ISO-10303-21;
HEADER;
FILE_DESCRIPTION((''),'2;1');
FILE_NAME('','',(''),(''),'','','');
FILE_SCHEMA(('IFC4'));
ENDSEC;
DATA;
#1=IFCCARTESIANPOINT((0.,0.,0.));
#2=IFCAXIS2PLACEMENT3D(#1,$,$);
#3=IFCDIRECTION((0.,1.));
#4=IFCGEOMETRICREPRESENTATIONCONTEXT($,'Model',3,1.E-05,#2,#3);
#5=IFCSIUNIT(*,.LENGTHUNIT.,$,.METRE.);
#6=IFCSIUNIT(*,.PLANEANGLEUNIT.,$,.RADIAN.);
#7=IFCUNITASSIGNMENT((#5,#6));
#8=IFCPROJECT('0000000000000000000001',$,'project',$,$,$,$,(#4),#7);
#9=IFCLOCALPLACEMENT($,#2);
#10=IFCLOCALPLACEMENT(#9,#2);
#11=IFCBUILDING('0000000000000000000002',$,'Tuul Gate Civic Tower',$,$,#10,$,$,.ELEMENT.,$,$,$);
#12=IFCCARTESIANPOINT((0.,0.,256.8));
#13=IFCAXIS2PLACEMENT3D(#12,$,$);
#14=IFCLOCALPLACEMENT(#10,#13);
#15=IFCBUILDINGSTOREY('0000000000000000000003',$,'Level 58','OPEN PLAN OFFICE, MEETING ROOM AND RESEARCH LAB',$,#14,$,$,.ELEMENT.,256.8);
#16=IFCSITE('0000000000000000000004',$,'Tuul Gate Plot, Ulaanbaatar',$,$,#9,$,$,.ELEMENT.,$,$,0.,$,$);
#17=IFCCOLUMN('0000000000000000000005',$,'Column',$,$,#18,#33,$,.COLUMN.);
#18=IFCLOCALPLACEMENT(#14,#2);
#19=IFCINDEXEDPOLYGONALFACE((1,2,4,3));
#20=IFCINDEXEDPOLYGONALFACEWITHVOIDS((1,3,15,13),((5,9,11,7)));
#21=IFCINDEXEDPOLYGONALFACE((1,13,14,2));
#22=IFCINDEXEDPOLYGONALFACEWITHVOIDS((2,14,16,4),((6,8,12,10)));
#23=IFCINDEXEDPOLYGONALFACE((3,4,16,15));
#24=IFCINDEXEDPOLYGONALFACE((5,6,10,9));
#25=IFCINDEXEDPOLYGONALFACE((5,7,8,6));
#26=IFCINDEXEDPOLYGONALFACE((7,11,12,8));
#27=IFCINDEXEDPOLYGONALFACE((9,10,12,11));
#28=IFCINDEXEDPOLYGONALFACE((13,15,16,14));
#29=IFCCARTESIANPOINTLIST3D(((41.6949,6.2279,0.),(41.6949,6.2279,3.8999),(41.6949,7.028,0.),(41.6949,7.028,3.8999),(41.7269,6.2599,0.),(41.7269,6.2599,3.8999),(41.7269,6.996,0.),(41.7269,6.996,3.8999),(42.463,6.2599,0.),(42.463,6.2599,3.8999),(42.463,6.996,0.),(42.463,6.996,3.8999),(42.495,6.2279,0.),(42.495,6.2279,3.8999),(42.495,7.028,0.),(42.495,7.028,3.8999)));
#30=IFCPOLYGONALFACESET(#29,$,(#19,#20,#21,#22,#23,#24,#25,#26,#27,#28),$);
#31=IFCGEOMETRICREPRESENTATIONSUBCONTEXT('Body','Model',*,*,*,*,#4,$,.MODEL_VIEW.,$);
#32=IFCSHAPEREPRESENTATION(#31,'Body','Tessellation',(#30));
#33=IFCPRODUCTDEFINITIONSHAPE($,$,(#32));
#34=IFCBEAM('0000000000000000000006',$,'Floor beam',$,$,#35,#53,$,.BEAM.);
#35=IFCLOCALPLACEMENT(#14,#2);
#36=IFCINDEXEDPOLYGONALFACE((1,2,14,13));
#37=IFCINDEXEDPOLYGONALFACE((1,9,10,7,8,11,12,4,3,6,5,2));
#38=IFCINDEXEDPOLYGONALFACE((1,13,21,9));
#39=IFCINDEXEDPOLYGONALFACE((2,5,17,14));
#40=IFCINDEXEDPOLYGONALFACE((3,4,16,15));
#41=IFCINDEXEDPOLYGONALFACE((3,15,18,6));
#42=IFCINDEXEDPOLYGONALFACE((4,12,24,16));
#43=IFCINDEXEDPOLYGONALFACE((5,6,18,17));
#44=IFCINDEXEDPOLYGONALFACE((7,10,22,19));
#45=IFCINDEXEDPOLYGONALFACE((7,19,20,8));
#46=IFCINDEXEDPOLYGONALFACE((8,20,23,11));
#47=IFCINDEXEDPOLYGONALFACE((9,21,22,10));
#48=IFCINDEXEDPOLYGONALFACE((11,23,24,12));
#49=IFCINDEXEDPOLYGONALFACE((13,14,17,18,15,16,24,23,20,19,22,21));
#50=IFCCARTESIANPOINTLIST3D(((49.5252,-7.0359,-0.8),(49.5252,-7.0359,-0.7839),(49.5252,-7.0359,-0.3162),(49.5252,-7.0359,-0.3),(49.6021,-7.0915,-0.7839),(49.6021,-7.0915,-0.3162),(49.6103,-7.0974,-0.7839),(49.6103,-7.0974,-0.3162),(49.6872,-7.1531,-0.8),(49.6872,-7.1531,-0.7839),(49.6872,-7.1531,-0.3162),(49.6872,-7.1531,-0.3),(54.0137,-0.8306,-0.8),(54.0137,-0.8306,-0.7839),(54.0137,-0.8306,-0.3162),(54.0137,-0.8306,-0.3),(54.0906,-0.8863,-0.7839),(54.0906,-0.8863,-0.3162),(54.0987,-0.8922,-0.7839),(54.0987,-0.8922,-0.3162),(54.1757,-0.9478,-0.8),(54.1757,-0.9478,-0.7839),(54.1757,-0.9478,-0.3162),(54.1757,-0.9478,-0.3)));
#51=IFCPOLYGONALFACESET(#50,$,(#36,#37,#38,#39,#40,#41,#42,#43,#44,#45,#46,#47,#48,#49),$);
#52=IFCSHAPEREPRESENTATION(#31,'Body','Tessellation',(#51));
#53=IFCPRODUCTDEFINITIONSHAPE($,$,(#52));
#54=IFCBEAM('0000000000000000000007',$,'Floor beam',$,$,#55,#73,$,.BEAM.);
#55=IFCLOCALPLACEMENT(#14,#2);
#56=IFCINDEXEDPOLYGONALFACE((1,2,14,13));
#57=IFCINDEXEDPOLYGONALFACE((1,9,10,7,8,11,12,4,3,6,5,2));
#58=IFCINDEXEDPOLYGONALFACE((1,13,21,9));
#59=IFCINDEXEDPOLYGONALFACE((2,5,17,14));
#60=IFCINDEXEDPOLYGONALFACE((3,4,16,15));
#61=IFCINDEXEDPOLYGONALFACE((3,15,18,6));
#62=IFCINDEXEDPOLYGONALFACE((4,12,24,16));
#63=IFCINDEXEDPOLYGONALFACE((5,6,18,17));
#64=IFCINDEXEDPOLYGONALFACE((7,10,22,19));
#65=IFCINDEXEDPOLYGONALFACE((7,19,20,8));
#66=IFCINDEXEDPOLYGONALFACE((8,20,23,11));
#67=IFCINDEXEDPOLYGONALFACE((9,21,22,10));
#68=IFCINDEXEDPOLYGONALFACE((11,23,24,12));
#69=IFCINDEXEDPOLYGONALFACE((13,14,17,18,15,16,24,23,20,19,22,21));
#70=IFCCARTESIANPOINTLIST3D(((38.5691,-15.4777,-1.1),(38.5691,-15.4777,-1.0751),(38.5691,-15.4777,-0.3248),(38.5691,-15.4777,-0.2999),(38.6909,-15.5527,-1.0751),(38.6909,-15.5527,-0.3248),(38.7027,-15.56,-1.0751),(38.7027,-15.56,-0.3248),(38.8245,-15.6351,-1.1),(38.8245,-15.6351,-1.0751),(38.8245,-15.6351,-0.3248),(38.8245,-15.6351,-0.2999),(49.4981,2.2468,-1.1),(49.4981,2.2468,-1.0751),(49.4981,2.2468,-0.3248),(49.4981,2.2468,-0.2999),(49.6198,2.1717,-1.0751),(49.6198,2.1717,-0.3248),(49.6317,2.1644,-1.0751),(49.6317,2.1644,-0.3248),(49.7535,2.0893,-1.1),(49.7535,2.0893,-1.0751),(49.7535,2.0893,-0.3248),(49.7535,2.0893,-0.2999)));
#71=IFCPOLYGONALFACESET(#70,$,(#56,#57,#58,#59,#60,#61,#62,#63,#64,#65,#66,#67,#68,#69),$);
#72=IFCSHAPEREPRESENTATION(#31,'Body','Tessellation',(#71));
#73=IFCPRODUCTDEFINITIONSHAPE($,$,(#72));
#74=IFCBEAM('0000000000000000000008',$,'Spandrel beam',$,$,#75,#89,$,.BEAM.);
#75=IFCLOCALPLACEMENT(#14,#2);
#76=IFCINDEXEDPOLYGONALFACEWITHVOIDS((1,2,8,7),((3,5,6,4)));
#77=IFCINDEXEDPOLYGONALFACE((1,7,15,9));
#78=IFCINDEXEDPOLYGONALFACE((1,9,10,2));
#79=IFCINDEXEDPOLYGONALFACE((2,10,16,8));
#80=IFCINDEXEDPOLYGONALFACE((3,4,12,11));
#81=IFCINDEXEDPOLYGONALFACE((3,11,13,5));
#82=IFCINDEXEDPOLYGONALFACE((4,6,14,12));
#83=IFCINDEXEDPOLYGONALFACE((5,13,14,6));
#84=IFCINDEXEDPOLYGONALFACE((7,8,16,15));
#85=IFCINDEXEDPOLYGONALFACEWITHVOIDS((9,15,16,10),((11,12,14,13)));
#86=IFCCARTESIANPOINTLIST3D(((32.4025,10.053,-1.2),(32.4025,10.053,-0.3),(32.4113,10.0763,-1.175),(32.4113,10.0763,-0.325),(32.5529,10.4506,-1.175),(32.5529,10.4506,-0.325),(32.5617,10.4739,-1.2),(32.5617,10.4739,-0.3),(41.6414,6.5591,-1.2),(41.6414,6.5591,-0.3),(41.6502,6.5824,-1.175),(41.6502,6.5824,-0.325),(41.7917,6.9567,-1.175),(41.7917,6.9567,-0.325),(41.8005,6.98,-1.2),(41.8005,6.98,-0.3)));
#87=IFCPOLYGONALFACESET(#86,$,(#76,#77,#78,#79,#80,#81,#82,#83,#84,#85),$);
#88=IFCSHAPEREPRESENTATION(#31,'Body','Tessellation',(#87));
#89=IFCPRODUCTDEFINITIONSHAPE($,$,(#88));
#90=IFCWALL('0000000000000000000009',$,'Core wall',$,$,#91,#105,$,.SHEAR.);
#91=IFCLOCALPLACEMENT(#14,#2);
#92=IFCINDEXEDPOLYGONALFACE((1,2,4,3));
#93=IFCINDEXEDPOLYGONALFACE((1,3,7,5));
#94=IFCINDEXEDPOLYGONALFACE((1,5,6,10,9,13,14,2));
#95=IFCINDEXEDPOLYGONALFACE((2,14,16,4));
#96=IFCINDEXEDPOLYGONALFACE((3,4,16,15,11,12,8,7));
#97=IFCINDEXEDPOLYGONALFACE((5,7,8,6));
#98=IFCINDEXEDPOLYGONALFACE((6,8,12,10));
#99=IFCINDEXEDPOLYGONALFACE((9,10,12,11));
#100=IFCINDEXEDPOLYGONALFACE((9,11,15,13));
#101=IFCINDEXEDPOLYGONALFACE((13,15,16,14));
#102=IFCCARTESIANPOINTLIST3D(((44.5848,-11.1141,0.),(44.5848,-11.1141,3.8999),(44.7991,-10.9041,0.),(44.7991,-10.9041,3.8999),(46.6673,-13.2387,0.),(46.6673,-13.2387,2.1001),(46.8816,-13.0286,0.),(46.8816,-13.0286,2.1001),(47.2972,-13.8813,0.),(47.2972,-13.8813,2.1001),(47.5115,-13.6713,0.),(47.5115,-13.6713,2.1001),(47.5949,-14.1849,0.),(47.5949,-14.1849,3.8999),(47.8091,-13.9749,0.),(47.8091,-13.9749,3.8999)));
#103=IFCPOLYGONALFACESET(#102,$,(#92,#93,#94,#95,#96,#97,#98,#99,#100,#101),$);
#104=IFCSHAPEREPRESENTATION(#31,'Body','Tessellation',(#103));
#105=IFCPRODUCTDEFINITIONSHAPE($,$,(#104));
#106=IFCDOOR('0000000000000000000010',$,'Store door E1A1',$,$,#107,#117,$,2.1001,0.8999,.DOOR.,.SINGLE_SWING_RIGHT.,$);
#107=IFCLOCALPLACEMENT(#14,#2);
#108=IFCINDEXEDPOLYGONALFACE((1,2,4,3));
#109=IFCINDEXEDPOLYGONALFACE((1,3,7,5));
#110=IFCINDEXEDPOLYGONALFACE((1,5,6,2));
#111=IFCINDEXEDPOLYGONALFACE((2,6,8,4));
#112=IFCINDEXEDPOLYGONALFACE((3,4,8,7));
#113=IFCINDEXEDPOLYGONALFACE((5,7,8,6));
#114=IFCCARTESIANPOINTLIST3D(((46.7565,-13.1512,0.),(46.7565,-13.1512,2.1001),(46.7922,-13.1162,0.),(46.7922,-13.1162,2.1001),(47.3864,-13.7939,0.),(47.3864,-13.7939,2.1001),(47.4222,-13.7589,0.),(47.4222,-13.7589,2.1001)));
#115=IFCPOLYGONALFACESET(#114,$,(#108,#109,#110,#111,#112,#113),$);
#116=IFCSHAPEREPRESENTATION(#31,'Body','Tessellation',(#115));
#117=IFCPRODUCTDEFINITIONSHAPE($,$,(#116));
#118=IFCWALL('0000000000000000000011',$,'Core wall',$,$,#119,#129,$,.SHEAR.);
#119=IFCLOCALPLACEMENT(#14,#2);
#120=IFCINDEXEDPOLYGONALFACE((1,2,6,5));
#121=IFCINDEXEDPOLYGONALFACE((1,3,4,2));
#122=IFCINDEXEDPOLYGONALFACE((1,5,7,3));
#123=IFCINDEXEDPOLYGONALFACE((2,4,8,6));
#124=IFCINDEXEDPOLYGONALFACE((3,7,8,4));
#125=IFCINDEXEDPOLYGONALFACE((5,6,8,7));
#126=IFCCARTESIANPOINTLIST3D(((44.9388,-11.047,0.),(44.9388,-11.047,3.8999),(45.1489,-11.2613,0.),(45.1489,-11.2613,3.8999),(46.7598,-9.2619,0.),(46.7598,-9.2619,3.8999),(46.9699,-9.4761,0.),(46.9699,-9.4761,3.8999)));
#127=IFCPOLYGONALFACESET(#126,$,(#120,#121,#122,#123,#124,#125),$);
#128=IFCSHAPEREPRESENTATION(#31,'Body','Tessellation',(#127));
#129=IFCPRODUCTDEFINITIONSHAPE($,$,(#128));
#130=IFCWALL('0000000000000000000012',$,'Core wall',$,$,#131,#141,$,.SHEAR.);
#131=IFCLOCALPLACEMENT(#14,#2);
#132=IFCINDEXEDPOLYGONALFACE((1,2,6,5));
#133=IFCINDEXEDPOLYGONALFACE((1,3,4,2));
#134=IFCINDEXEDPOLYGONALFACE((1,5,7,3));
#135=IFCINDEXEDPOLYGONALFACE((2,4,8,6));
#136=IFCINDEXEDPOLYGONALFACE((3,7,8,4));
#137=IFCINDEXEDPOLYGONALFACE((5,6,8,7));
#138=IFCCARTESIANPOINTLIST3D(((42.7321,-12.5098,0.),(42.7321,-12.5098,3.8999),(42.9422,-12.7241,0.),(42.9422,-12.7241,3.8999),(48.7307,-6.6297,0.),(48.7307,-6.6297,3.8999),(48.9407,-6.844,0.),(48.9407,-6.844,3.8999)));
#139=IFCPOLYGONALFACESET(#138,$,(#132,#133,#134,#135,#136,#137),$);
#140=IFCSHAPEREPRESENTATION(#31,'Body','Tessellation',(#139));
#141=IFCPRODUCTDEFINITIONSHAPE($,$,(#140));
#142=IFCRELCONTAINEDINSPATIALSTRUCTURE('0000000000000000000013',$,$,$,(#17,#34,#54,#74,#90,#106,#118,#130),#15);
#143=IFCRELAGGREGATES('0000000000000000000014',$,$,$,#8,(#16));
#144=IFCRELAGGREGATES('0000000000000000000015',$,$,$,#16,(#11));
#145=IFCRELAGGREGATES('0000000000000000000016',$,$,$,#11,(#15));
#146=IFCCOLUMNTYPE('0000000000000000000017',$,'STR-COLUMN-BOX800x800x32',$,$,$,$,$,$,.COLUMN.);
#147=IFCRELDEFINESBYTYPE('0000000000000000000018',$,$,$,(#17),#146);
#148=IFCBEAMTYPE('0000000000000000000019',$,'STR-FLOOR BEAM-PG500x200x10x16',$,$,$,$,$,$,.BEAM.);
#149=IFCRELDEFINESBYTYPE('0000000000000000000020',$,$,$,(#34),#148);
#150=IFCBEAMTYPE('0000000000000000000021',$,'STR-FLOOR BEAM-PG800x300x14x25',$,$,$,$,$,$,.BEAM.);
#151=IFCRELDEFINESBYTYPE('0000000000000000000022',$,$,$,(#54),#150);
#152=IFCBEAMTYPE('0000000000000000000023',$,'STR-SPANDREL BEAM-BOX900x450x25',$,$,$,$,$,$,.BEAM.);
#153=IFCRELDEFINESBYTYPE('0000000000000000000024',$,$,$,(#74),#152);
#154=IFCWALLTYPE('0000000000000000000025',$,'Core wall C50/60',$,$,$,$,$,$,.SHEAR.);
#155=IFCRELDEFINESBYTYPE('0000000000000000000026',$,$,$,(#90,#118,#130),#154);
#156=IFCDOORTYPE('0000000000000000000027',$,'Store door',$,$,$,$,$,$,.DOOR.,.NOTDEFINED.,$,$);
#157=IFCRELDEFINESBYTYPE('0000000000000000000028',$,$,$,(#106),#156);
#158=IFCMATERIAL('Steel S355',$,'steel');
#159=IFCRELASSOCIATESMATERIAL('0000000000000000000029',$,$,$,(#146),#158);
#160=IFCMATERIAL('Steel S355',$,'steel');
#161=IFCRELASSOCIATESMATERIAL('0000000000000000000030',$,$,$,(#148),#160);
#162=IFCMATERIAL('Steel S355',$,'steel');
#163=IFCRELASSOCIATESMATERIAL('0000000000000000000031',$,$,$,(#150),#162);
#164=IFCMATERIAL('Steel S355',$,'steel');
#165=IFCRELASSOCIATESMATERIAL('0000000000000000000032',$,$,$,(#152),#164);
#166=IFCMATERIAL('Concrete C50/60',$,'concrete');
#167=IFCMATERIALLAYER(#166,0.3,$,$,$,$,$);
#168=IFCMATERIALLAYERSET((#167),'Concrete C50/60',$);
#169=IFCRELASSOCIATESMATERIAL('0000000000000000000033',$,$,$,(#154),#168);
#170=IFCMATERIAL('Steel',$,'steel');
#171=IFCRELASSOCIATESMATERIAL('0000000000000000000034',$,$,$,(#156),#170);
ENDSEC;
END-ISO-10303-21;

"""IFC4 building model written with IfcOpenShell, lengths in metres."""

from ifc_helpers import new_model, si_unit, direction, frame, frame_2d, origin, origin_2d, place, context, subcontext, project, spatial, rectangle, hollow_rectangle, i_section, extrude, material, layer, layer_set, material_profile, profile_set, type_object, element, fill, save


model = new_model("IFC4")

# Units and contexts
model_context = context("Model", 3, precision=1e-05, world=origin(), true_north=direction((0.0, 1.0)))
body_context = subcontext(model_context, "Body", "Model", "MODEL_VIEW")
ifc_project = project(units=[si_unit("LENGTHUNIT", "METRE"), si_unit("PLANEANGLEUNIT", "RADIAN")], contexts=[model_context])

# Site, building, storey
site_placement = place(None, origin())
site = spatial("IfcSite", under=ifc_project, at=site_placement, Name="Tuul Gate Plot, Ulaanbaatar", CompositionType="ELEMENT", RefElevation=0.0)
building_placement = place(site_placement, origin())
building = spatial("IfcBuilding", under=site, at=building_placement, Name="Tuul Gate Civic Tower", CompositionType="ELEMENT")
storey_placement = place(building_placement, frame((0.0, 0.0, 256.8)))
storey = spatial("IfcBuildingStorey", under=building, at=storey_placement, Name="Level 58", Description="OPEN PLAN OFFICE, MEETING ROOM AND RESEARCH LAB", CompositionType="ELEMENT", Elevation=256.8)

# Column
ifc_material_1 = material(Name="Steel S355", Category="steel")
ifc_material_profile_1 = material_profile(ifc_material_1, hollow_rectangle(XDim=0.8, YDim=0.8, WallThickness=0.032, at=origin_2d()), Name="BOX800x800x32")
ifc_profile_set_1 = profile_set([ifc_material_profile_1], Name="Steel S355")
column_type = type_object("IfcColumnType", Name="STR-COLUMN-BOX800x800x32", PredefinedType="COLUMN", material=ifc_profile_set_1)
column_placement = place(storey_placement, frame((42.095, 6.6279, 0.0), z_axis=(0.0, 0.0, 1.0), x_axis=(1.0, 0.0, 0.0)))
element("IfcColumn", 1, at=column_placement, inside=storey, type_object=column_type, Name="Column", PredefinedType="COLUMN", context=body_context, shape_type="SweptSolid", body=[
    extrude(hollow_rectangle(XDim=0.8, YDim=0.8, WallThickness=0.032, at=origin_2d()), origin(), (0.0, 0.0, 1.0), 3.8999),
])

# Beams
ifc_material_2 = material(Name="Steel S355", Category="steel")
ifc_material_profile_2 = material_profile(ifc_material_2, i_section(OverallWidth=0.2, OverallDepth=0.5, WebThickness=0.01, FlangeThickness=0.0161, at=origin_2d()), Name="PG500x200x10x16")
ifc_profile_set_2 = profile_set([ifc_material_profile_2], Name="Steel S355")
beam_type_1 = type_object("IfcBeamType", Name="STR-FLOOR BEAM-PG500x200x10x16", PredefinedType="BEAM", material=ifc_profile_set_2)
beam_1_placement = place(storey_placement, frame((49.6062, -7.0945, -0.55), z_axis=(0.586083, 0.810251, 0.0), x_axis=(-0.810251, 0.586083, 0.0)))
element("IfcBeam", 2, at=beam_1_placement, inside=storey, type_object=beam_type_1, Name="Floor beam", PredefinedType="BEAM", context=body_context, shape_type="SweptSolid", body=[
    extrude(i_section(OverallWidth=0.2, OverallDepth=0.5, WebThickness=0.01, FlangeThickness=0.0161, at=origin_2d()), origin(), (0.0, 0.0, 1.0), 7.6584),
])
ifc_material_3 = material(Name="Steel S355", Category="steel")
ifc_material_profile_3 = material_profile(ifc_material_3, i_section(OverallWidth=0.3, OverallDepth=0.8, WebThickness=0.0139, FlangeThickness=0.0249, at=origin_2d()), Name="PG800x300x14x25")
ifc_profile_set_3 = profile_set([ifc_material_profile_3], Name="Steel S355")
beam_type_2 = type_object("IfcBeamType", Name="STR-FLOOR BEAM-PG800x300x14x25", PredefinedType="BEAM", material=ifc_profile_set_3)
beam_2_placement = place(storey_placement, frame((38.6968, -15.5564, -0.7), z_axis=(0.524851, 0.851194, 0.0), x_axis=(-0.851194, 0.524851, 0.0)))
element("IfcBeam", 3, at=beam_2_placement, inside=storey, type_object=beam_type_2, Name="Floor beam", PredefinedType="BEAM", context=body_context, shape_type="SweptSolid", body=[
    extrude(i_section(OverallWidth=0.3, OverallDepth=0.8, WebThickness=0.0139, FlangeThickness=0.0249, at=origin_2d()), origin(), (0.0, 0.0, 1.0), 20.823),
])
ifc_material_4 = material(Name="Steel S355", Category="steel")
ifc_material_profile_4 = material_profile(ifc_material_4, hollow_rectangle(XDim=0.45, YDim=0.8999, WallThickness=0.0249, at=origin_2d()), Name="BOX900x450x25")
ifc_profile_set_4 = profile_set([ifc_material_profile_4], Name="Steel S355")
beam_type_3 = type_object("IfcBeamType", Name="STR-SPANDREL BEAM-BOX900x450x25", PredefinedType="BEAM", material=ifc_profile_set_4)
beam_3_placement = place(storey_placement, frame((41.7209, 6.7695, -0.75), z_axis=(-0.935348, 0.353728, 0.0), x_axis=(-0.353728, -0.935348, 0.0)))
element("IfcBeam", 4, at=beam_3_placement, inside=storey, type_object=beam_type_3, Name="Spandrel beam", PredefinedType="BEAM", context=body_context, shape_type="SweptSolid", body=[
    extrude(hollow_rectangle(XDim=0.45, YDim=0.8999, WallThickness=0.0249, at=origin_2d()), origin(), (0.0, 0.0, 1.0), 9.8774),
])

# Wall, opening, door
ifc_material_5 = material(Name="Concrete C50/60", Category="concrete")
ifc_layer_1 = layer(ifc_material_5, 0.3)
ifc_layer_set_1 = layer_set([ifc_layer_1], Name="Concrete C50/60")
wall_type_1 = type_object("IfcWallType", Name="Core wall C50/60", PredefinedType="SHEAR", material=ifc_layer_set_1)
wall_1_placement = place(storey_placement, frame((47.7019, -14.0798, 0.0), z_axis=(0.0, 0.0, 1.0), x_axis=(-0.700003, 0.71414, 0.0)))
wall_1 = element("IfcWall", 5, at=wall_1_placement, inside=storey, type_object=wall_type_1, Name="Core wall", PredefinedType="SHEAR", context=body_context, shape_type="SweptSolid", body=[
    extrude(rectangle(XDim=4.3, YDim=0.3, at=frame_2d((2.1499, 0.0))), origin(), (0.0, 0.0, 1.0), 3.8999),
])
opening_1_placement = place(wall_1_placement, frame((0.425, 0.0, 0.0)))
opening_1 = element("IfcOpeningElement", 6, at=opening_1_placement, cuts=wall_1, PredefinedType="OPENING", context=body_context, shape_type="SweptSolid", body=[
    extrude(rectangle(XDim=0.8999, YDim=2.1001, at=frame_2d((0.45, 1.05))), frame((0.0, 0.1602, 0.0), z_axis=(0.0, -1.0, 0.0), x_axis=(1.0, 0.0, 0.0)), (0.0, 0.0, 1.0), 0.3201),
])
ifc_material_6 = material(Name="Steel", Category="steel")
door_type_1 = type_object("IfcDoorType", Name="Store door", OperationType="NOTDEFINED", PredefinedType="DOOR", material=ifc_material_6)
door_1_placement = place(opening_1_placement, frame((0.8999, 0.0, 0.0), z_axis=(0.0, 0.0, 1.0), x_axis=(-1.0, 0.0, 0.0)))
door_1 = element("IfcDoor", 7, at=door_1_placement, inside=storey, type_object=door_type_1, Name="Store door E1A1", OperationType="SINGLE_SWING_RIGHT", OverallHeight=2.1001, OverallWidth=0.8999, PredefinedType="DOOR", context=body_context, shape_type="SweptSolid", body=[
    extrude(rectangle(XDim=0.8999, YDim=2.1001, at=frame_2d((0.45, 1.05))), frame((0.0, 0.0249, 0.0), z_axis=(0.0, -1.0, 0.0), x_axis=(1.0, 0.0, 0.0)), (0.0, 0.0, 1.0), 0.05),
])
fill(opening_1, door_1)

# Walls
wall_2_placement = place(storey_placement, frame((45.0439, -11.1541, 0.0), z_axis=(0.0, 0.0, 1.0), x_axis=(0.714108, 0.700035, 0.0)))
element("IfcWall", 8, at=wall_2_placement, inside=storey, type_object=wall_type_1, Name="Core wall", PredefinedType="SHEAR", context=body_context, shape_type="SweptSolid", body=[
    extrude(rectangle(XDim=2.55, YDim=0.3, at=frame_2d((1.2749, 0.0))), origin(), (0.0, 0.0, 1.0), 3.8999),
])
wall_3_placement = place(storey_placement, frame((42.8372, -12.6169, 0.0), z_axis=(0.0, 0.0, 1.0), x_axis=(0.71412, 0.700023, 0.0)))
element("IfcWall", 9, at=wall_3_placement, inside=storey, type_object=wall_type_1, Name="Core wall", PredefinedType="SHEAR", context=body_context, shape_type="SweptSolid", body=[
    extrude(rectangle(XDim=8.3999, YDim=0.3, at=frame_2d((4.2, 0.0))), origin(), (0.0, 0.0, 1.0), 3.8999),
])

save(model, "model.ifc")
